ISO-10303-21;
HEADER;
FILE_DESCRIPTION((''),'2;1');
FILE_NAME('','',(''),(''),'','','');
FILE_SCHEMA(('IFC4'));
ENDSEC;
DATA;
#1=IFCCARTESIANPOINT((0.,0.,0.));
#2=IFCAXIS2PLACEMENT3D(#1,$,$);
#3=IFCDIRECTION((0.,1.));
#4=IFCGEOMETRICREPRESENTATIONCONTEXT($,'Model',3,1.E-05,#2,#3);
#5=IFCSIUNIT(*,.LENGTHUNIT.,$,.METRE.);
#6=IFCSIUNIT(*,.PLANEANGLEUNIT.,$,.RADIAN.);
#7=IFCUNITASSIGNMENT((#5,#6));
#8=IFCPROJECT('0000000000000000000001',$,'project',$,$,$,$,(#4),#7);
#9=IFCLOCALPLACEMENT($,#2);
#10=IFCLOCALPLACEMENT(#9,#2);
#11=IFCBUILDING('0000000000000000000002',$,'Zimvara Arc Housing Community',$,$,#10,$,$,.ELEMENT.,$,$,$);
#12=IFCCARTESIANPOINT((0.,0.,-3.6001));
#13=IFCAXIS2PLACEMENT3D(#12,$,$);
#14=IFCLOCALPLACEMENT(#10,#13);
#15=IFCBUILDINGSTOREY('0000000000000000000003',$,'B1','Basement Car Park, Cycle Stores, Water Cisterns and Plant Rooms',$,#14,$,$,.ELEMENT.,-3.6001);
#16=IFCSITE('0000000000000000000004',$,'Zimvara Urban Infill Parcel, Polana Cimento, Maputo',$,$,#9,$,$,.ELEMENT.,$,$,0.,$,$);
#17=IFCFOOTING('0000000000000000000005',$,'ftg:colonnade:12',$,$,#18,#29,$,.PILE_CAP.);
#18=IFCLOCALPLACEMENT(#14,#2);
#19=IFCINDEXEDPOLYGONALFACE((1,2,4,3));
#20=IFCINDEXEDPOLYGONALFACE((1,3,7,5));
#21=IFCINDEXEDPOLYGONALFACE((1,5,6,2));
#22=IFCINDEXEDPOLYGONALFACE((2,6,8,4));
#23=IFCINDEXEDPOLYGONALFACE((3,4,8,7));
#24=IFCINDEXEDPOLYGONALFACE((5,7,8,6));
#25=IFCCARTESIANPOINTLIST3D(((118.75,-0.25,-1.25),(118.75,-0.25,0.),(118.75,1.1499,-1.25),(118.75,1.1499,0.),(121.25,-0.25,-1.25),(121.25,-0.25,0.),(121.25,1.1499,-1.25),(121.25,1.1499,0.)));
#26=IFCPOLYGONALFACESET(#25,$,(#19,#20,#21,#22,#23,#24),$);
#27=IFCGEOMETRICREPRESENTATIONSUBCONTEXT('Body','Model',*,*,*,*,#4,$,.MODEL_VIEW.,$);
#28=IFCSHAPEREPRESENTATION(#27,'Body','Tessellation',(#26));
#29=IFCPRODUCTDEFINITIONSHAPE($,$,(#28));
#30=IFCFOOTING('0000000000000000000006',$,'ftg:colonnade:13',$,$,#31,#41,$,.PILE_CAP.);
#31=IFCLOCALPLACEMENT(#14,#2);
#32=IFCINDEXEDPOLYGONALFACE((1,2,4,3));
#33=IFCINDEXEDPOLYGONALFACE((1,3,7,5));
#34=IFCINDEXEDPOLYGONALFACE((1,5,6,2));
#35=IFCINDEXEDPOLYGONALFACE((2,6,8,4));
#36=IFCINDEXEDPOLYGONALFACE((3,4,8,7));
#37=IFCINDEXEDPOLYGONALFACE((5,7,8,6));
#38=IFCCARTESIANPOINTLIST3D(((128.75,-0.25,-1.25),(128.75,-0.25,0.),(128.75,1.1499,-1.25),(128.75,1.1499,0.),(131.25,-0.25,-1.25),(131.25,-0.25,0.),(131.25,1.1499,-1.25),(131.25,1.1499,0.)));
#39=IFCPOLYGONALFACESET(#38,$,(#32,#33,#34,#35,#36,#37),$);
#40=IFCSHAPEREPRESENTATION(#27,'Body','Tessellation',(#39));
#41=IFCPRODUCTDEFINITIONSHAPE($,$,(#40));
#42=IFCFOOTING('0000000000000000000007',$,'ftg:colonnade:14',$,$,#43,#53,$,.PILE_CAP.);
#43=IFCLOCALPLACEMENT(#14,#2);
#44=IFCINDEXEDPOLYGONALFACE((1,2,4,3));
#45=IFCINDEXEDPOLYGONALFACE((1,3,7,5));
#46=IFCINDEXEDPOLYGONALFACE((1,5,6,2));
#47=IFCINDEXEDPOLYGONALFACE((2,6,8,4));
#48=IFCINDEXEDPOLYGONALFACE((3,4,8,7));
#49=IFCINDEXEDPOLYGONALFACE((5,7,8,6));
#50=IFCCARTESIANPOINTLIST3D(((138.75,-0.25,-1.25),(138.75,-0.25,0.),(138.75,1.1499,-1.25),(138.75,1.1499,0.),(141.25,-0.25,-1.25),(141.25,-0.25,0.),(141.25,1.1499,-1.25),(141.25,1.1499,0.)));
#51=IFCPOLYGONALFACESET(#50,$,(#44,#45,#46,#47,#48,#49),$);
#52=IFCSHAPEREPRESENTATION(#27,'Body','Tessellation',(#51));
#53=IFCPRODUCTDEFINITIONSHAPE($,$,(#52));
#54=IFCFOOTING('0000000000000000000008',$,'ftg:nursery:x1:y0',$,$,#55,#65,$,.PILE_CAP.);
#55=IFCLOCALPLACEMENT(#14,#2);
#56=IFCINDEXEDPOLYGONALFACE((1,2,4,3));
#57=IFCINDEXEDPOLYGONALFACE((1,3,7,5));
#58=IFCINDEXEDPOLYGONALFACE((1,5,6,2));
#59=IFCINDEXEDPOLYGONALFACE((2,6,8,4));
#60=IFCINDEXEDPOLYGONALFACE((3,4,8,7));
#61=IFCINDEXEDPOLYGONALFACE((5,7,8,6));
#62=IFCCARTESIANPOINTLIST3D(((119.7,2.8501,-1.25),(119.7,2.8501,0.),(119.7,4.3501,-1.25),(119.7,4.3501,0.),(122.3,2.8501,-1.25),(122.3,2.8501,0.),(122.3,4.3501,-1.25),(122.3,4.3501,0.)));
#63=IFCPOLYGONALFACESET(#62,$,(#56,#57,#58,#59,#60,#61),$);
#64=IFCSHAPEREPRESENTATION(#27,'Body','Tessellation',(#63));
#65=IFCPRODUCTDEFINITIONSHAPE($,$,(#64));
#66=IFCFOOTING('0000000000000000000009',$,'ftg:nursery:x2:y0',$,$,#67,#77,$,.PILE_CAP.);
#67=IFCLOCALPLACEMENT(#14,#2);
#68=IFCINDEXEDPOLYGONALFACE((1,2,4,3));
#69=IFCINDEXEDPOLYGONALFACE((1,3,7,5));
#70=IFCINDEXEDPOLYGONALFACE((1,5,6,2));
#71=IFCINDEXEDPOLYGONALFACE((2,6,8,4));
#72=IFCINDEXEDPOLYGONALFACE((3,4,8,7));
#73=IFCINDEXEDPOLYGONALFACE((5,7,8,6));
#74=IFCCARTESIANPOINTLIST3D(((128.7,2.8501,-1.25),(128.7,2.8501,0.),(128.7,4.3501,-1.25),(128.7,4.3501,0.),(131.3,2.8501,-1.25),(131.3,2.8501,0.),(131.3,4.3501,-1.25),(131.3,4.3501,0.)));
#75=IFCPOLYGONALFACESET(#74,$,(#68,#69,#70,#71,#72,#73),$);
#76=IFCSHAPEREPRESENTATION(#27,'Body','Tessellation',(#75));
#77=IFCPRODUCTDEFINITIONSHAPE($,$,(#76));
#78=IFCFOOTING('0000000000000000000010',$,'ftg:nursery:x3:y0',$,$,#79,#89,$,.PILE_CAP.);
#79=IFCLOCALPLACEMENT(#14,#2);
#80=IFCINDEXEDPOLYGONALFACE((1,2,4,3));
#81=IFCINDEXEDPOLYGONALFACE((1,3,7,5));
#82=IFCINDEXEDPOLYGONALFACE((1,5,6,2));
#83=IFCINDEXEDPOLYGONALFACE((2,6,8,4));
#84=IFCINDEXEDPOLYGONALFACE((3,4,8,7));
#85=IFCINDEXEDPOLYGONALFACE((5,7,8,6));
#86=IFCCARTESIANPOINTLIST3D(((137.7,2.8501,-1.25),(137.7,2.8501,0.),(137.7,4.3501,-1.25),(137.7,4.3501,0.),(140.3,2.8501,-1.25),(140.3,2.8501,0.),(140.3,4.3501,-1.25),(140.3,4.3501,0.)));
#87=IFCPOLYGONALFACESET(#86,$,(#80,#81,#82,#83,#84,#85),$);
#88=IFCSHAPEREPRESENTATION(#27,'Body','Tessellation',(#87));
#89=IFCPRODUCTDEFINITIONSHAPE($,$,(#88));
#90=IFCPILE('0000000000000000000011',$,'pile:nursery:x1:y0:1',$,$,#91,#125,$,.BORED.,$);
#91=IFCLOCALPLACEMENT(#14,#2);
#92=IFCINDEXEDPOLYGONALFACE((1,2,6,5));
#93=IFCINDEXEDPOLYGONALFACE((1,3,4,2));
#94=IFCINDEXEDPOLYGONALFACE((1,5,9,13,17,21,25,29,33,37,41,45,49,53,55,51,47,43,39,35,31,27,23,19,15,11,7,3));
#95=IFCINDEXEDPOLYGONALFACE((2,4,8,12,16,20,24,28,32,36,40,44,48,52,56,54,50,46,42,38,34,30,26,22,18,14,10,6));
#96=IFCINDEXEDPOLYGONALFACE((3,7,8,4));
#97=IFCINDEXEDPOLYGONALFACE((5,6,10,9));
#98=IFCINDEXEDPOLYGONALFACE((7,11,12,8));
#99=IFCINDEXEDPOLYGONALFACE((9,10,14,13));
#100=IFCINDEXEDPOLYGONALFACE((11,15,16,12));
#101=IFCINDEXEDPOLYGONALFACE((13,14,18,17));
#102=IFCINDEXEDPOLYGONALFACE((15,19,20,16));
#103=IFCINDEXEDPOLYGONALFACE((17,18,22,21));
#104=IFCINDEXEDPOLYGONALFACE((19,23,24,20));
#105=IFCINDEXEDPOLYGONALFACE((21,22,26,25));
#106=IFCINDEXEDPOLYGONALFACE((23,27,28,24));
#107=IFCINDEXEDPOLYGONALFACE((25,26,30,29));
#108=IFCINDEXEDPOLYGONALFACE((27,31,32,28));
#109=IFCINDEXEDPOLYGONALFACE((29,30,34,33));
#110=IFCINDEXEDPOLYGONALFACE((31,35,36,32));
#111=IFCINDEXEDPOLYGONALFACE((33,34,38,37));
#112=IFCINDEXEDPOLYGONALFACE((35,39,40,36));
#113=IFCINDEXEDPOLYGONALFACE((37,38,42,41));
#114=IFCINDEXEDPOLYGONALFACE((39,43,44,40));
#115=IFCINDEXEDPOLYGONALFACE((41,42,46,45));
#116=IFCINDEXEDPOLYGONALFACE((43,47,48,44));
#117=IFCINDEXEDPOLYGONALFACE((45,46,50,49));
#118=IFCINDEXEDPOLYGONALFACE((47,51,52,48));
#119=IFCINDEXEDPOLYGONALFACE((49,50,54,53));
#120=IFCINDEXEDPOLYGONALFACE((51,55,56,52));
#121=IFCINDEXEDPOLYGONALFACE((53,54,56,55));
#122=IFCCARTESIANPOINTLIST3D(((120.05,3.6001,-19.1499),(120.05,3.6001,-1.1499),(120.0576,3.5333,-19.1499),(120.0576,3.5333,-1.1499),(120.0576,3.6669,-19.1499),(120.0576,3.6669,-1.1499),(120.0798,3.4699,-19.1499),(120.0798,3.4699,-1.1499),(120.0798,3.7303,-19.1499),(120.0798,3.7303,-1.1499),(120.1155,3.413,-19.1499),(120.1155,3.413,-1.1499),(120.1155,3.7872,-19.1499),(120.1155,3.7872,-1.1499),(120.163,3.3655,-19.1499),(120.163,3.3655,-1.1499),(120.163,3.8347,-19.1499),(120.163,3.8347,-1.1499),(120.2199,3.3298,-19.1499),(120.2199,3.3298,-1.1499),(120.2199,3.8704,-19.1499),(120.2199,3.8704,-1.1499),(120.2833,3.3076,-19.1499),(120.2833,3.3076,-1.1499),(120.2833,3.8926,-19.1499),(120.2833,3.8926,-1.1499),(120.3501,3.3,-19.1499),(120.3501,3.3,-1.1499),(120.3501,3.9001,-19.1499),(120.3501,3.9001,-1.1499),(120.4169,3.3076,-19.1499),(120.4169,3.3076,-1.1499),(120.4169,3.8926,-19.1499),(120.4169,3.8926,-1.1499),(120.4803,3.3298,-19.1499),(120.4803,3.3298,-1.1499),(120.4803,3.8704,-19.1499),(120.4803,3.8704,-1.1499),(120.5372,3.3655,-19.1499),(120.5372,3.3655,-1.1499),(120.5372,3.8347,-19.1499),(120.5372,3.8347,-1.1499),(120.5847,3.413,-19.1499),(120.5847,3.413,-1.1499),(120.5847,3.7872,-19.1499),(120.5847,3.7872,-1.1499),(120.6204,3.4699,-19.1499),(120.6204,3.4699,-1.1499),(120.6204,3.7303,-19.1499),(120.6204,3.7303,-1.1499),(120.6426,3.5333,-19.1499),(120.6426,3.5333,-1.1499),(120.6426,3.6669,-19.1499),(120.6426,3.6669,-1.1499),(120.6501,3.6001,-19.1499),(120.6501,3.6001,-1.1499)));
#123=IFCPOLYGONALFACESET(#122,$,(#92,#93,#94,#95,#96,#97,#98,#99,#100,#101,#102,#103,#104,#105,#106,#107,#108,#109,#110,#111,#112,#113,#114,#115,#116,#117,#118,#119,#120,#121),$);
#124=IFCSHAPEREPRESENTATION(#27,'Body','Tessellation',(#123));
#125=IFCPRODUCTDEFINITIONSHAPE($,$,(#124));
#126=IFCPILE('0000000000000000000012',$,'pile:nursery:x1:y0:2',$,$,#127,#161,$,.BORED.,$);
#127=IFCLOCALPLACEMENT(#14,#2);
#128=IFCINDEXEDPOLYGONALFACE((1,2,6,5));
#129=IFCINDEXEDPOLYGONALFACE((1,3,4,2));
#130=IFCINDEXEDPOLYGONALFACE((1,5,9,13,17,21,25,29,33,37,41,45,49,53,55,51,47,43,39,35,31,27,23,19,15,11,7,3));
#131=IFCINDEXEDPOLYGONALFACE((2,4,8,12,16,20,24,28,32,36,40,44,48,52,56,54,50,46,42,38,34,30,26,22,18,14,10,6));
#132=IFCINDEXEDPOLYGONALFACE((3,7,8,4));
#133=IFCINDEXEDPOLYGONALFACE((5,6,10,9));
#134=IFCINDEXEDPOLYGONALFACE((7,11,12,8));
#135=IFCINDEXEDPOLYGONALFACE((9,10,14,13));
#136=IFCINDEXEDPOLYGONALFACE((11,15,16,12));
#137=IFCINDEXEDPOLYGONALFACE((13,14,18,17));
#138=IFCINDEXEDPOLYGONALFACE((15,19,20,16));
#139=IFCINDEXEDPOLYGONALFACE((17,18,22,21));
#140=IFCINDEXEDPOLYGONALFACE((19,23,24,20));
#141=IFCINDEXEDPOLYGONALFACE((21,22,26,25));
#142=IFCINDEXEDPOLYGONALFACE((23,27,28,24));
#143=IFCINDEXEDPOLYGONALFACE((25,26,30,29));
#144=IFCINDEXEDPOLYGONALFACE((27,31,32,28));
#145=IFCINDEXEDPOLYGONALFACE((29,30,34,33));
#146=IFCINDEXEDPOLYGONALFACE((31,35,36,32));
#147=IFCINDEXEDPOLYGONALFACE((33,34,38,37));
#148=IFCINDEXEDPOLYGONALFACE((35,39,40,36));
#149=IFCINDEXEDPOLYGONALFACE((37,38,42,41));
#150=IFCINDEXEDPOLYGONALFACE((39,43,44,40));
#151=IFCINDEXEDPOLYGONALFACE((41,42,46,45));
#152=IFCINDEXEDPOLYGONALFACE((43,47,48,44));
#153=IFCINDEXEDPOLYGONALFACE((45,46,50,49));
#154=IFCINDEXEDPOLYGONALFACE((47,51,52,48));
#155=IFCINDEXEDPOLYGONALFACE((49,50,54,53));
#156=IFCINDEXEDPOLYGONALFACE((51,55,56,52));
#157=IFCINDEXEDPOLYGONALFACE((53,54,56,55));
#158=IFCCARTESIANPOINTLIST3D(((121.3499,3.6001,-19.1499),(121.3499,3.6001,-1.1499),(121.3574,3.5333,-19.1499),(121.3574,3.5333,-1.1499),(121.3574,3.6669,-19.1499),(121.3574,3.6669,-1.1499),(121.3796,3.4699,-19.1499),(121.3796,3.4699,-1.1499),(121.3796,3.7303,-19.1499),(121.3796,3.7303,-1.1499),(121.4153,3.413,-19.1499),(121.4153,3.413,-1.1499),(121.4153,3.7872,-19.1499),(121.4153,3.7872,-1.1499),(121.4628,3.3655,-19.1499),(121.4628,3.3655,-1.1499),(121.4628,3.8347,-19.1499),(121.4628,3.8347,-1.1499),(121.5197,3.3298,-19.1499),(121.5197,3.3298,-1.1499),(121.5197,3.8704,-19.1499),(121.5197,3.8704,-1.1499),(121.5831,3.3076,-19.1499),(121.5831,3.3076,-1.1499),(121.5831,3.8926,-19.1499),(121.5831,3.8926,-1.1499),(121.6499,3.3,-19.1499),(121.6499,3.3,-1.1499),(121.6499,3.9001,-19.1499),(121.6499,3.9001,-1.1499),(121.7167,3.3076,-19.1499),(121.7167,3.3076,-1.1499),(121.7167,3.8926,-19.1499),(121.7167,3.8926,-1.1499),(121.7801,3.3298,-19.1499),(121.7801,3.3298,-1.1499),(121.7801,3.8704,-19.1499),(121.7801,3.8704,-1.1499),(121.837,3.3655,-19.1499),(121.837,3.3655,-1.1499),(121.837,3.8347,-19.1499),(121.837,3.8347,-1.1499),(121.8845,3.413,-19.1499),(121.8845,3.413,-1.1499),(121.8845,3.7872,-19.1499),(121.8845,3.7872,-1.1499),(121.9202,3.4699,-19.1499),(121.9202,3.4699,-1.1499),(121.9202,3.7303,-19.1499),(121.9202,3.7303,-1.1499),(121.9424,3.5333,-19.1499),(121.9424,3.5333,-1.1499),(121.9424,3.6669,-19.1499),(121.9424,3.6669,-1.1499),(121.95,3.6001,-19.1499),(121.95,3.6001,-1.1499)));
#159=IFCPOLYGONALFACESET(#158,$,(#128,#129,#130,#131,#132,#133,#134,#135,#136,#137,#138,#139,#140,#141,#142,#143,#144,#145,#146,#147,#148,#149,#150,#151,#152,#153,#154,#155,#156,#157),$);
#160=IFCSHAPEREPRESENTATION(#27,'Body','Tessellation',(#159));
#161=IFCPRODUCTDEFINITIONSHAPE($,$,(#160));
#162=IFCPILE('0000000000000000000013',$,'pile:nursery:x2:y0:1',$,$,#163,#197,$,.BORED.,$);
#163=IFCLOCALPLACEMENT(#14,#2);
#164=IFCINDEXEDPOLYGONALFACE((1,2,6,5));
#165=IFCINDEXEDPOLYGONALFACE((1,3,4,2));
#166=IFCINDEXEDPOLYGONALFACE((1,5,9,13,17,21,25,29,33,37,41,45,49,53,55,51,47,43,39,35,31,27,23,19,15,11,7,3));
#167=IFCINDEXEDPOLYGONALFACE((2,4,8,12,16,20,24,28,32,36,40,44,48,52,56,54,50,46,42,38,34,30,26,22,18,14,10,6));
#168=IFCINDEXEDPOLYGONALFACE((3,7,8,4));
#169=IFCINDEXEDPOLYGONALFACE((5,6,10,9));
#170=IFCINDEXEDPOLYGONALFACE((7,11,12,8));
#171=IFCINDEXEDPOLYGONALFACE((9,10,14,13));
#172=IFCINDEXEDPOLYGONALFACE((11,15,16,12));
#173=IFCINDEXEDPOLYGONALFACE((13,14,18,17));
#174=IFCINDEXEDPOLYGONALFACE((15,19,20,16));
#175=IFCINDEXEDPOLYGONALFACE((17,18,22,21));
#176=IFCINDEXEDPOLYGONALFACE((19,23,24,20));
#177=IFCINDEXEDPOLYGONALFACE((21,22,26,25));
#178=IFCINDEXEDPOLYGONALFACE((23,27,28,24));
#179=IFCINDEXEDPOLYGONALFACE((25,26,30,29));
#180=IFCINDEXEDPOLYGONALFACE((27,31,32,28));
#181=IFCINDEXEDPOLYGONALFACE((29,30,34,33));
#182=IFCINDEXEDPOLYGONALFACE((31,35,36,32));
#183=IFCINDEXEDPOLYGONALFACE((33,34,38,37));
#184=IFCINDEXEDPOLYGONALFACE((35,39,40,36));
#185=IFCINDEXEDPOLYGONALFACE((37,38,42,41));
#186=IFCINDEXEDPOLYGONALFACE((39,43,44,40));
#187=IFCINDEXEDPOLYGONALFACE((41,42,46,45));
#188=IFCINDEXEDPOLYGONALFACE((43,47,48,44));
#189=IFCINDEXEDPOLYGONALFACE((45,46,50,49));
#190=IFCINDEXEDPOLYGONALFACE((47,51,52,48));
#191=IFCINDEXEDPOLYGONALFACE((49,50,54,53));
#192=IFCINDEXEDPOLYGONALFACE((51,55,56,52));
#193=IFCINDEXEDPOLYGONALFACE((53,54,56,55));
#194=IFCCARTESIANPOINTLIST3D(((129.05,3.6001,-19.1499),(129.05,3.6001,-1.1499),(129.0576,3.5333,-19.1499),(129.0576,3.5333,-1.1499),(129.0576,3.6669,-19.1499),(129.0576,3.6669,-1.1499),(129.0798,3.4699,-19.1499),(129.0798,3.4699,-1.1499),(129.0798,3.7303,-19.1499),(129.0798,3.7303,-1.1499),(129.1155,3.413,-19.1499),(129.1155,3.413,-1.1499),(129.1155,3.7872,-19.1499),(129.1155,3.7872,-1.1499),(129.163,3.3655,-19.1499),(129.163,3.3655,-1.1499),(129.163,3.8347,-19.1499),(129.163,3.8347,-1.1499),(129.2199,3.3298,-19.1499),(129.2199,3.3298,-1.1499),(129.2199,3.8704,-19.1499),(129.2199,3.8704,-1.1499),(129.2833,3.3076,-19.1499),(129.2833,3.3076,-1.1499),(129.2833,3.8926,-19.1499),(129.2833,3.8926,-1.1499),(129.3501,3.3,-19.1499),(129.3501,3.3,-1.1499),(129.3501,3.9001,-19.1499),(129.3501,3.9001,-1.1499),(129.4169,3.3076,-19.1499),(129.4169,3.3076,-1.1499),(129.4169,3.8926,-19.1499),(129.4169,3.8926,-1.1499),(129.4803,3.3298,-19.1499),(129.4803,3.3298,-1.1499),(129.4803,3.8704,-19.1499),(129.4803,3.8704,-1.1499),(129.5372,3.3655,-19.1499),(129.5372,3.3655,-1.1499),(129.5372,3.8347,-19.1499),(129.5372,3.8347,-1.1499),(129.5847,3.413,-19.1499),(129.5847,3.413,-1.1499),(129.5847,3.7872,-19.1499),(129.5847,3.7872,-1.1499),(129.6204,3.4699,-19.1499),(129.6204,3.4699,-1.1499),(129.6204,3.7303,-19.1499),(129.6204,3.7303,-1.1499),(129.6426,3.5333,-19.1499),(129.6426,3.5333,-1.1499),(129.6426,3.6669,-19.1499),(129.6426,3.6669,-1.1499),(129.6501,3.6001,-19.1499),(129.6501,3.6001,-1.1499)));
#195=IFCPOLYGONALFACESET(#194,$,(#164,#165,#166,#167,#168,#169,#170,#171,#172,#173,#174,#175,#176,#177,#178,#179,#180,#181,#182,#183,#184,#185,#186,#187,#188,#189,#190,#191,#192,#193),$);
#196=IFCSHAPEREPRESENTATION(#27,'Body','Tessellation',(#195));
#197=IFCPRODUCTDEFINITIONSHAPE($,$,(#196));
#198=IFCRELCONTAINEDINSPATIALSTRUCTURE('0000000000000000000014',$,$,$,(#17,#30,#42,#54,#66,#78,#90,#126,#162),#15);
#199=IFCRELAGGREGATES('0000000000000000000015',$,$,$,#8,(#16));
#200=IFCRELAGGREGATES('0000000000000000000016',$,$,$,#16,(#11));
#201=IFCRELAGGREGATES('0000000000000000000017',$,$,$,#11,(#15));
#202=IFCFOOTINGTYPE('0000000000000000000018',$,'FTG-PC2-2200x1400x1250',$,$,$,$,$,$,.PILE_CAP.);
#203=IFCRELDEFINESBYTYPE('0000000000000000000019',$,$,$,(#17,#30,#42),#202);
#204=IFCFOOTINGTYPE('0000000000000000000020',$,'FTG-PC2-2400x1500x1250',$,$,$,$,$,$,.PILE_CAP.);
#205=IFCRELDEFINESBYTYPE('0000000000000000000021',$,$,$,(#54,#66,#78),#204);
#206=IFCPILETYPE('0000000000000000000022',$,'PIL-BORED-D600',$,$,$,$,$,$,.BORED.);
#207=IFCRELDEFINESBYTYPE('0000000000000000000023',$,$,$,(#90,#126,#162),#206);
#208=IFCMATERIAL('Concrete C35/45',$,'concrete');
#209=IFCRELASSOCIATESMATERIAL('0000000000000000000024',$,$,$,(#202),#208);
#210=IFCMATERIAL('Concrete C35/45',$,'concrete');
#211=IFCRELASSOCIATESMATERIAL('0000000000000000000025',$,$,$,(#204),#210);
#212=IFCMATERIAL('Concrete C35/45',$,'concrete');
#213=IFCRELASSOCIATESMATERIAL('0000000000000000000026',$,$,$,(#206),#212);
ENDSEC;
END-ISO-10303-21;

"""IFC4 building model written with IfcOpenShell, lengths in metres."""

from ifc_helpers import new_model, si_unit, direction, frame, origin, origin_2d, place, context, subcontext, project, spatial, rectangle, circle, extrude, material, material_profile, profile_set, type_object, element, save


model = new_model("IFC4")

# Units and contexts
model_context = context("Model", 3, precision=1e-05, world=origin(), true_north=direction((0.0, 1.0)))
body_context = subcontext(model_context, "Body", "Model", "MODEL_VIEW")
ifc_project = project(units=[si_unit("LENGTHUNIT", "METRE"), si_unit("PLANEANGLEUNIT", "RADIAN")], contexts=[model_context])

# Site, building, storey
site_placement = place(None, origin())
site = spatial("IfcSite", under=ifc_project, at=site_placement, Name="Zimvara Urban Infill Parcel, Polana Cimento, Maputo", CompositionType="ELEMENT", RefElevation=0.0)
building_placement = place(site_placement, origin())
building = spatial("IfcBuilding", under=site, at=building_placement, Name="Zimvara Arc Housing Community", CompositionType="ELEMENT")
storey_placement = place(building_placement, frame((0.0, 0.0, -3.6001)))
storey = spatial("IfcBuildingStorey", under=building, at=storey_placement, Name="B1", Description="Basement Car Park, Cycle Stores, Water Cisterns and Plant Rooms", CompositionType="ELEMENT", Elevation=-3.6001)

# Footings
ifc_material_1 = material(Name="Concrete C35/45", Category="concrete")
footing_type_1 = type_object("IfcFootingType", Name="FTG-PC2-2200x1400x1250", PredefinedType="PILE_CAP", material=ifc_material_1)
for number, where, z_axis, x_axis, name in (
    (1, (120.0, 0.45, -1.25), (0.0, 0.0, 1.0), (1.0, 0.0, 0.0), "ftg:colonnade:12"),
    (2, (130.0, 0.45, -1.25), (0.0, 0.0, 1.0), (1.0, 0.0, 0.0), "ftg:colonnade:13"),
    (3, (140.0, 0.45, -1.25), (0.0, 0.0, 1.0), (1.0, 0.0, 0.0), "ftg:colonnade:14"),
):
    element("IfcFooting", number, at=place(storey_placement, frame(where, z_axis=z_axis, x_axis=x_axis)), inside=storey, type_object=footing_type_1, Name=name, PredefinedType="PILE_CAP", context=body_context, shape_type="SweptSolid", body=[
        extrude(rectangle(XDim=2.5, YDim=1.3999, at=origin_2d()), origin(), (0.0, 0.0, 1.0), 1.25),
    ])
ifc_material_2 = material(Name="Concrete C35/45", Category="concrete")
footing_type_2 = type_object("IfcFootingType", Name="FTG-PC2-2400x1500x1250", PredefinedType="PILE_CAP", material=ifc_material_2)
for number, where, z_axis, x_axis, name in (
    (4, (121.0, 3.6001, -1.25), (0.0, 0.0, 1.0), (1.0, 0.0, 0.0), "ftg:nursery:x1:y0"),
    (5, (130.0, 3.6001, -1.25), (0.0, 0.0, 1.0), (1.0, 0.0, 0.0), "ftg:nursery:x2:y0"),
    (6, (139.0, 3.6001, -1.25), (0.0, 0.0, 1.0), (1.0, 0.0, 0.0), "ftg:nursery:x3:y0"),
):
    element("IfcFooting", number, at=place(storey_placement, frame(where, z_axis=z_axis, x_axis=x_axis)), inside=storey, type_object=footing_type_2, Name=name, PredefinedType="PILE_CAP", context=body_context, shape_type="SweptSolid", body=[
        extrude(rectangle(XDim=2.6001, YDim=1.5, at=origin_2d()), origin(), (0.0, 0.0, 1.0), 1.25),
    ])

# Piles
ifc_material_3 = material(Name="Concrete C35/45", Category="concrete")
ifc_material_profile_1 = material_profile(ifc_material_3, circle(Radius=0.3, at=origin_2d()), Name="PILE D600")
ifc_profile_set_1 = profile_set([ifc_material_profile_1], Name="Concrete C35/45")
pile_type = type_object("IfcPileType", Name="PIL-BORED-D600", PredefinedType="BORED", material=ifc_profile_set_1)
for number, where, z_axis, x_axis, name in (
    (7, (120.3501, 3.6001, -1.1499), (0.0, 0.0, -1.0), (1.0, 0.0, 0.0), "pile:nursery:x1:y0:1"),
    (8, (121.6499, 3.6001, -1.1499), (0.0, 0.0, -1.0), (1.0, 0.0, 0.0), "pile:nursery:x1:y0:2"),
    (9, (129.3501, 3.6001, -1.1499), (0.0, 0.0, -1.0), (1.0, 0.0, 0.0), "pile:nursery:x2:y0:1"),
):
    element("IfcPile", number, at=place(storey_placement, frame(where, z_axis=z_axis, x_axis=x_axis)), inside=storey, type_object=pile_type, Name=name, PredefinedType="BORED", context=body_context, shape_type="SweptSolid", body=[
        extrude(circle(Radius=0.3, at=origin_2d()), origin(), (0.0, 0.0, 1.0), 18.0),
    ])

save(model, "model.ifc")
